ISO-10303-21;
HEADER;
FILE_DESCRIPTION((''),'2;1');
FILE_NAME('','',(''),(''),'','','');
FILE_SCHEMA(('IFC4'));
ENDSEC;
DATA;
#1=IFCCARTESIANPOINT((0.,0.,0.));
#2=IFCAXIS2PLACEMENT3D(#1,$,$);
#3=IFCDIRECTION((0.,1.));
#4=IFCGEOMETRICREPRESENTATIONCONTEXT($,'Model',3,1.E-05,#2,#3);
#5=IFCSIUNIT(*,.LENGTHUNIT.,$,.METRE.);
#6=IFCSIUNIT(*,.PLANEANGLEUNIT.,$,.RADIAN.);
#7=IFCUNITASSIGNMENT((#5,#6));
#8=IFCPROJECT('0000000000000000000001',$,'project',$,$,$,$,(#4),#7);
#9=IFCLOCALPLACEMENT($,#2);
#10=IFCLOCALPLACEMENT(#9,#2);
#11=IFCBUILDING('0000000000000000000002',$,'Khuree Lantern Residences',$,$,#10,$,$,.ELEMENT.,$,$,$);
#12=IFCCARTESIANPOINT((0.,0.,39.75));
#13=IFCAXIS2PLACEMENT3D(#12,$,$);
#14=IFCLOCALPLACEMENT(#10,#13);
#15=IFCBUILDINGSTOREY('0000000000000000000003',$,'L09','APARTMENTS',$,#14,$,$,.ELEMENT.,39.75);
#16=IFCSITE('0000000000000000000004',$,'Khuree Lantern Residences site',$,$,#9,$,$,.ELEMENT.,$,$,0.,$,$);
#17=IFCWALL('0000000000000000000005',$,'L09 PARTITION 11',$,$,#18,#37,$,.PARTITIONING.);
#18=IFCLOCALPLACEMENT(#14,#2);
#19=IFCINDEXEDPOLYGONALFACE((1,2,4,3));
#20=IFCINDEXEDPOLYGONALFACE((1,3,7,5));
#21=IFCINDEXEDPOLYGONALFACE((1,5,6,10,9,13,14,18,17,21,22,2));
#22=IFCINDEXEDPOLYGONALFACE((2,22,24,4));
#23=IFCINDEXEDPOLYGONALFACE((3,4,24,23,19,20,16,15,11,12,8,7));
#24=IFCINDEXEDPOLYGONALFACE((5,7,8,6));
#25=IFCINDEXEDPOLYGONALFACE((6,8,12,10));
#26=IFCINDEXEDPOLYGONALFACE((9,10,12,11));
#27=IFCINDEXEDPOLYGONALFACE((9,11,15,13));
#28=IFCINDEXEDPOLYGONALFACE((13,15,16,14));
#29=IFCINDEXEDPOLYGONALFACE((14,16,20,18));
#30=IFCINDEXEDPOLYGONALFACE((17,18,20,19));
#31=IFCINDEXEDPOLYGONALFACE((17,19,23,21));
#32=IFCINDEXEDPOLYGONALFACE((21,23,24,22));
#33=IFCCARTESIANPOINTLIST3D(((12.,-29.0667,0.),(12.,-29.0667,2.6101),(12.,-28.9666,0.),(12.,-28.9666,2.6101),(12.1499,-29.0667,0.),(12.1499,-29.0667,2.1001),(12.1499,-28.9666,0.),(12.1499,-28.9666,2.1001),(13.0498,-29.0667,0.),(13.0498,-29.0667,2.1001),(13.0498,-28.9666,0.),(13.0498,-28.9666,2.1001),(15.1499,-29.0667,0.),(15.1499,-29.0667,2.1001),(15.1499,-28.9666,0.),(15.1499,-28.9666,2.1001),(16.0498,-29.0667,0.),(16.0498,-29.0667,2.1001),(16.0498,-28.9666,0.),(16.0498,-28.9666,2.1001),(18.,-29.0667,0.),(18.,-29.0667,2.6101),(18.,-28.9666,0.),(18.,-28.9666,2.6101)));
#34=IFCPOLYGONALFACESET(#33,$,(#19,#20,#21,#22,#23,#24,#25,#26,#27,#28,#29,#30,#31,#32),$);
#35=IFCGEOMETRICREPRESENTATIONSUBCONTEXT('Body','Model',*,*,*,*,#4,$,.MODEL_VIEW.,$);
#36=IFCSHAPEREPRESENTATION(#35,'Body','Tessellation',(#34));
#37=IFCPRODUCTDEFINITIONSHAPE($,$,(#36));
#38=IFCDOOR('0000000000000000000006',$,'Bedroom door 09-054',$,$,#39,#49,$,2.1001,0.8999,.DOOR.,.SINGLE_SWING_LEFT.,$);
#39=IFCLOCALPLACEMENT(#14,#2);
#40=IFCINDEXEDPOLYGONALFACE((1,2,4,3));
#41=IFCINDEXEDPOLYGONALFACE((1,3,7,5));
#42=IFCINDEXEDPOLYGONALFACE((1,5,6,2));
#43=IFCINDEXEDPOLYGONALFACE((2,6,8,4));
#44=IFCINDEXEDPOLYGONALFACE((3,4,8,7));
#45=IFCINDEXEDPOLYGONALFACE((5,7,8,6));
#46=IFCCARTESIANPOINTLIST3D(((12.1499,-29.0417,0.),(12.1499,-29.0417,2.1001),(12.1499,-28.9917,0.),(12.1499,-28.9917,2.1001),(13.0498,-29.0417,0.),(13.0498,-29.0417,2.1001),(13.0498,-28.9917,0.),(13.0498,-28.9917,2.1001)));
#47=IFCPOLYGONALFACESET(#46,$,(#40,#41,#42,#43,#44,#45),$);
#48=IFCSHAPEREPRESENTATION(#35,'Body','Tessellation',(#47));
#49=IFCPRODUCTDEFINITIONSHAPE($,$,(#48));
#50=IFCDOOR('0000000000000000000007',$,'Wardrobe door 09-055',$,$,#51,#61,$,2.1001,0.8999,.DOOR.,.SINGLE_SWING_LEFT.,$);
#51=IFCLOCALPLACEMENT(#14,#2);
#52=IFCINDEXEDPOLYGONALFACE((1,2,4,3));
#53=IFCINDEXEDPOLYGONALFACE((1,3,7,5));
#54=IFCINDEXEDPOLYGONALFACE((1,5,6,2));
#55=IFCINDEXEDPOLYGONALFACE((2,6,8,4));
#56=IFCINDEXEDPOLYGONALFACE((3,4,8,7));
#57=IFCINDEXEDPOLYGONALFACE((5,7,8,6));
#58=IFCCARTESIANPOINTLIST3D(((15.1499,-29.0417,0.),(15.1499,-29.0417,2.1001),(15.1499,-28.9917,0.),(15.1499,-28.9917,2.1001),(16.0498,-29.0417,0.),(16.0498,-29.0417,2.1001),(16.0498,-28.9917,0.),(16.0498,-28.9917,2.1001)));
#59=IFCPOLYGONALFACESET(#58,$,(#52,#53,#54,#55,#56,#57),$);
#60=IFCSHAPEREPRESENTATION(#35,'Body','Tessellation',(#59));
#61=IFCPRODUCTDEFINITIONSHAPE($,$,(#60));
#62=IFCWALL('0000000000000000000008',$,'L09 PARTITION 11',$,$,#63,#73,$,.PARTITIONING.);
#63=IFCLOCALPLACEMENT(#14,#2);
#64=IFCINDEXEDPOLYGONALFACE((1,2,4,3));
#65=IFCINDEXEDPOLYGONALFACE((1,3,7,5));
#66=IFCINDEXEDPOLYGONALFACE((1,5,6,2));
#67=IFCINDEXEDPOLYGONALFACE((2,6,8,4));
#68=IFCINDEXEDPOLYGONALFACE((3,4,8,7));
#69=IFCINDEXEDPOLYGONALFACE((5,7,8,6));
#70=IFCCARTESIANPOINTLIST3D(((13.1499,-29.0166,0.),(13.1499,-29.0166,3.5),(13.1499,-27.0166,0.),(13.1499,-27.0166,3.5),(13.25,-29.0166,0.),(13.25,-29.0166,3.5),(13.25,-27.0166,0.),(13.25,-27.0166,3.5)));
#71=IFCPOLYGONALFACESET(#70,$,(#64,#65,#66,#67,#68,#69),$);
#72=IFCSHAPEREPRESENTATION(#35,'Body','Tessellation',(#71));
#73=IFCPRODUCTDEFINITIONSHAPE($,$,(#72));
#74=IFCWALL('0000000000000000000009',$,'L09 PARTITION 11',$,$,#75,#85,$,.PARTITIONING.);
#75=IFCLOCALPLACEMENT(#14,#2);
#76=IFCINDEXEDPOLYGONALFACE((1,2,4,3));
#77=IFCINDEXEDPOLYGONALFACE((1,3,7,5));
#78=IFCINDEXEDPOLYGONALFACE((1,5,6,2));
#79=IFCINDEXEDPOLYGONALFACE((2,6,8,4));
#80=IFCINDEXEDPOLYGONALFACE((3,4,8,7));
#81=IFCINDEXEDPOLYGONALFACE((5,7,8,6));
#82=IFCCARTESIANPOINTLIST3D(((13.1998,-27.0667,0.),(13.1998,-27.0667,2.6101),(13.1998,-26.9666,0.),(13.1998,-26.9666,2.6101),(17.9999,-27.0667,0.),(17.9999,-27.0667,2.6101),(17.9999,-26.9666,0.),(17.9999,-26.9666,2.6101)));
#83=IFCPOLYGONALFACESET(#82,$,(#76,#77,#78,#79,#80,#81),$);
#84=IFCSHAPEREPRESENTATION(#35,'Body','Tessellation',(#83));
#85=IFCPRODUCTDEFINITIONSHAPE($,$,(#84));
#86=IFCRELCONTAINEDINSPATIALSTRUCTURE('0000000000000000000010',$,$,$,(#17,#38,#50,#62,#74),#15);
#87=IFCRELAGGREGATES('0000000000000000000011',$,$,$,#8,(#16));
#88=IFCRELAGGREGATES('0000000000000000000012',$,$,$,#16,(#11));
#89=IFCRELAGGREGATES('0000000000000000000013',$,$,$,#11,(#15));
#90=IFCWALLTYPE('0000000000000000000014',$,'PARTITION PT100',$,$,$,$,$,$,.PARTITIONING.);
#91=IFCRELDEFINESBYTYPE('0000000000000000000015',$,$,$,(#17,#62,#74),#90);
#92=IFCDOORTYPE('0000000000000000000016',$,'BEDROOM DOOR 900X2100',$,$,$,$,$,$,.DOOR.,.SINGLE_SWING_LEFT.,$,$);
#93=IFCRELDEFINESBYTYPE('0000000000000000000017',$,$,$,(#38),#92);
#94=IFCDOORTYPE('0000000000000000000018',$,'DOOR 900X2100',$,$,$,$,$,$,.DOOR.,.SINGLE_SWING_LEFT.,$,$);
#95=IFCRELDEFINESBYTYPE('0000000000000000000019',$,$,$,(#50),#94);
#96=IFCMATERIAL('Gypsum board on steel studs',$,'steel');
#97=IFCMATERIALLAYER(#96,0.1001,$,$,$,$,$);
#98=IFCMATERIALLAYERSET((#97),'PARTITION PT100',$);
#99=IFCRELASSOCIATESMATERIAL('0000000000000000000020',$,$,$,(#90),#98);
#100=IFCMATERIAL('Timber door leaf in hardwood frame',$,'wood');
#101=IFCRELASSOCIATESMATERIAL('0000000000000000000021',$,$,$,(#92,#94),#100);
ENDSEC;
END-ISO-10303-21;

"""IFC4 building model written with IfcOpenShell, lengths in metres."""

from ifc_helpers import new_model, si_unit, direction, frame, frame_2d, origin, place, context, subcontext, project, spatial, rectangle, extrude, material, layer, layer_set, type_object, element, fill, save


model = new_model("IFC4")

# Units and contexts
model_context = context("Model", 3, precision=1e-05, world=origin(), true_north=direction((0.0, 1.0)))
body_context = subcontext(model_context, "Body", "Model", "MODEL_VIEW")
ifc_project = project(units=[si_unit("LENGTHUNIT", "METRE"), si_unit("PLANEANGLEUNIT", "RADIAN")], contexts=[model_context])

# Site, building, storey
site_placement = place(None, origin())
site = spatial("IfcSite", under=ifc_project, at=site_placement, Name="Khuree Lantern Residences site", CompositionType="ELEMENT", RefElevation=0.0)
building_placement = place(site_placement, origin())
building = spatial("IfcBuilding", under=site, at=building_placement, Name="Khuree Lantern Residences", CompositionType="ELEMENT")
storey_placement = place(building_placement, frame((0.0, 0.0, 39.75)))
storey = spatial("IfcBuildingStorey", under=building, at=storey_placement, Name="L09", Description="APARTMENTS", CompositionType="ELEMENT", Elevation=39.75)

# Shared definitions
ifc_material_1 = material(Name="Gypsum board on steel studs", Category="steel")
ifc_layer_1 = layer(ifc_material_1, 0.1001)
ifc_layer_set_1 = layer_set([ifc_layer_1], Name="PARTITION PT100")
wall_type = type_object("IfcWallType", Name="PARTITION PT100", PredefinedType="PARTITIONING", material=ifc_layer_set_1)

# Shared definitions
ifc_material_2 = material(Name="Timber door leaf in hardwood frame", Category="wood")
door_type_1 = type_object("IfcDoorType", Name="BEDROOM DOOR 900X2100", OperationType="SINGLE_SWING_LEFT", PredefinedType="DOOR", material=ifc_material_2)

# Wall, openings, doors
wall_1_placement = place(storey_placement, frame((12.0, -29.0166, 0.0), z_axis=(0.0, 0.0, 1.0), x_axis=(1.0, 0.0, 0.0)))
wall_1 = element("IfcWall", 1, at=wall_1_placement, inside=storey, type_object=wall_type, Name="L09 PARTITION 11", PredefinedType="PARTITIONING", context=body_context, shape_type="SweptSolid", body=[
    extrude(rectangle(XDim=6.0, YDim=0.1001, at=frame_2d((3.0, 0.0))), origin(), (0.0, 0.0, 1.0), 2.6101),
])
opening_1_placement = place(wall_1_placement, frame((0.1499, 0.0, 0.0)))
opening_1 = element("IfcOpeningElement", 2, at=opening_1_placement, cuts=wall_1, PredefinedType="OPENING", context=body_context, shape_type="SweptSolid", body=[
    extrude(rectangle(XDim=0.8999, YDim=2.1001, at=frame_2d((0.45, 1.05))), frame((0.0, 0.0601, 0.0), z_axis=(0.0, -1.0, 0.0), x_axis=(1.0, 0.0, 0.0)), (0.0, 0.0, 1.0), 0.1201),
])
opening_2_placement = place(wall_1_placement, frame((3.1499, 0.0, 0.0)))
opening_2 = element("IfcOpeningElement", 3, at=opening_2_placement, cuts=wall_1, PredefinedType="OPENING", context=body_context, shape_type="SweptSolid", body=[
    extrude(rectangle(XDim=0.8999, YDim=2.1001, at=frame_2d((0.45, 1.05))), frame((0.0, 0.0601, 0.0), z_axis=(0.0, -1.0, 0.0), x_axis=(1.0, 0.0, 0.0)), (0.0, 0.0, 1.0), 0.1201),
])
door_1_placement = place(opening_1_placement, origin())
door_1 = element("IfcDoor", 4, at=door_1_placement, inside=storey, type_object=door_type_1, Name="Bedroom door 09-054", OperationType="SINGLE_SWING_LEFT", OverallHeight=2.1001, OverallWidth=0.8999, PredefinedType="DOOR", context=body_context, shape_type="SweptSolid", body=[
    extrude(rectangle(XDim=0.8999, YDim=2.1001, at=frame_2d((0.45, 1.05))), frame((0.0, 0.0249, 0.0), z_axis=(0.0, -1.0, 0.0), x_axis=(1.0, 0.0, 0.0)), (0.0, 0.0, 1.0), 0.05),
])
fill(opening_1, door_1)
door_type_2 = type_object("IfcDoorType", Name="DOOR 900X2100", OperationType="SINGLE_SWING_LEFT", PredefinedType="DOOR", material=ifc_material_2)
door_2_placement = place(opening_2_placement, origin())
door_2 = element("IfcDoor", 5, at=door_2_placement, inside=storey, type_object=door_type_2, Name="Wardrobe door 09-055", OperationType="SINGLE_SWING_LEFT", OverallHeight=2.1001, OverallWidth=0.8999, PredefinedType="DOOR", context=body_context, shape_type="SweptSolid", body=[
    extrude(rectangle(XDim=0.8999, YDim=2.1001, at=frame_2d((0.45, 1.05))), frame((0.0, 0.0249, 0.0), z_axis=(0.0, -1.0, 0.0), x_axis=(1.0, 0.0, 0.0)), (0.0, 0.0, 1.0), 0.05),
])
fill(opening_2, door_2)

# Walls
wall_2_placement = place(storey_placement, frame((13.2, -27.0166, 0.0), z_axis=(0.0, 0.0, 1.0), x_axis=(0.0, -1.0, 0.0)))
element("IfcWall", 6, at=wall_2_placement, inside=storey, type_object=wall_type, Name="L09 PARTITION 11", PredefinedType="PARTITIONING", context=body_context, shape_type="SweptSolid", body=[
    extrude(rectangle(XDim=2.0, YDim=0.1001, at=frame_2d((1.0, 0.0))), origin(), (0.0, 0.0, 1.0), 3.5),
])
wall_3_placement = place(storey_placement, frame((13.2, -27.0166, 0.0), z_axis=(0.0, 0.0, 1.0), x_axis=(1.0, 0.0, 0.0)))
element("IfcWall", 7, at=wall_3_placement, inside=storey, type_object=wall_type, Name="L09 PARTITION 11", PredefinedType="PARTITIONING", context=body_context, shape_type="SweptSolid", body=[
    extrude(rectangle(XDim=4.8, YDim=0.1001, at=frame_2d((2.3999, 0.0))), origin(), (0.0, 0.0, 1.0), 2.6101),
])

save(model, "model.ifc")
